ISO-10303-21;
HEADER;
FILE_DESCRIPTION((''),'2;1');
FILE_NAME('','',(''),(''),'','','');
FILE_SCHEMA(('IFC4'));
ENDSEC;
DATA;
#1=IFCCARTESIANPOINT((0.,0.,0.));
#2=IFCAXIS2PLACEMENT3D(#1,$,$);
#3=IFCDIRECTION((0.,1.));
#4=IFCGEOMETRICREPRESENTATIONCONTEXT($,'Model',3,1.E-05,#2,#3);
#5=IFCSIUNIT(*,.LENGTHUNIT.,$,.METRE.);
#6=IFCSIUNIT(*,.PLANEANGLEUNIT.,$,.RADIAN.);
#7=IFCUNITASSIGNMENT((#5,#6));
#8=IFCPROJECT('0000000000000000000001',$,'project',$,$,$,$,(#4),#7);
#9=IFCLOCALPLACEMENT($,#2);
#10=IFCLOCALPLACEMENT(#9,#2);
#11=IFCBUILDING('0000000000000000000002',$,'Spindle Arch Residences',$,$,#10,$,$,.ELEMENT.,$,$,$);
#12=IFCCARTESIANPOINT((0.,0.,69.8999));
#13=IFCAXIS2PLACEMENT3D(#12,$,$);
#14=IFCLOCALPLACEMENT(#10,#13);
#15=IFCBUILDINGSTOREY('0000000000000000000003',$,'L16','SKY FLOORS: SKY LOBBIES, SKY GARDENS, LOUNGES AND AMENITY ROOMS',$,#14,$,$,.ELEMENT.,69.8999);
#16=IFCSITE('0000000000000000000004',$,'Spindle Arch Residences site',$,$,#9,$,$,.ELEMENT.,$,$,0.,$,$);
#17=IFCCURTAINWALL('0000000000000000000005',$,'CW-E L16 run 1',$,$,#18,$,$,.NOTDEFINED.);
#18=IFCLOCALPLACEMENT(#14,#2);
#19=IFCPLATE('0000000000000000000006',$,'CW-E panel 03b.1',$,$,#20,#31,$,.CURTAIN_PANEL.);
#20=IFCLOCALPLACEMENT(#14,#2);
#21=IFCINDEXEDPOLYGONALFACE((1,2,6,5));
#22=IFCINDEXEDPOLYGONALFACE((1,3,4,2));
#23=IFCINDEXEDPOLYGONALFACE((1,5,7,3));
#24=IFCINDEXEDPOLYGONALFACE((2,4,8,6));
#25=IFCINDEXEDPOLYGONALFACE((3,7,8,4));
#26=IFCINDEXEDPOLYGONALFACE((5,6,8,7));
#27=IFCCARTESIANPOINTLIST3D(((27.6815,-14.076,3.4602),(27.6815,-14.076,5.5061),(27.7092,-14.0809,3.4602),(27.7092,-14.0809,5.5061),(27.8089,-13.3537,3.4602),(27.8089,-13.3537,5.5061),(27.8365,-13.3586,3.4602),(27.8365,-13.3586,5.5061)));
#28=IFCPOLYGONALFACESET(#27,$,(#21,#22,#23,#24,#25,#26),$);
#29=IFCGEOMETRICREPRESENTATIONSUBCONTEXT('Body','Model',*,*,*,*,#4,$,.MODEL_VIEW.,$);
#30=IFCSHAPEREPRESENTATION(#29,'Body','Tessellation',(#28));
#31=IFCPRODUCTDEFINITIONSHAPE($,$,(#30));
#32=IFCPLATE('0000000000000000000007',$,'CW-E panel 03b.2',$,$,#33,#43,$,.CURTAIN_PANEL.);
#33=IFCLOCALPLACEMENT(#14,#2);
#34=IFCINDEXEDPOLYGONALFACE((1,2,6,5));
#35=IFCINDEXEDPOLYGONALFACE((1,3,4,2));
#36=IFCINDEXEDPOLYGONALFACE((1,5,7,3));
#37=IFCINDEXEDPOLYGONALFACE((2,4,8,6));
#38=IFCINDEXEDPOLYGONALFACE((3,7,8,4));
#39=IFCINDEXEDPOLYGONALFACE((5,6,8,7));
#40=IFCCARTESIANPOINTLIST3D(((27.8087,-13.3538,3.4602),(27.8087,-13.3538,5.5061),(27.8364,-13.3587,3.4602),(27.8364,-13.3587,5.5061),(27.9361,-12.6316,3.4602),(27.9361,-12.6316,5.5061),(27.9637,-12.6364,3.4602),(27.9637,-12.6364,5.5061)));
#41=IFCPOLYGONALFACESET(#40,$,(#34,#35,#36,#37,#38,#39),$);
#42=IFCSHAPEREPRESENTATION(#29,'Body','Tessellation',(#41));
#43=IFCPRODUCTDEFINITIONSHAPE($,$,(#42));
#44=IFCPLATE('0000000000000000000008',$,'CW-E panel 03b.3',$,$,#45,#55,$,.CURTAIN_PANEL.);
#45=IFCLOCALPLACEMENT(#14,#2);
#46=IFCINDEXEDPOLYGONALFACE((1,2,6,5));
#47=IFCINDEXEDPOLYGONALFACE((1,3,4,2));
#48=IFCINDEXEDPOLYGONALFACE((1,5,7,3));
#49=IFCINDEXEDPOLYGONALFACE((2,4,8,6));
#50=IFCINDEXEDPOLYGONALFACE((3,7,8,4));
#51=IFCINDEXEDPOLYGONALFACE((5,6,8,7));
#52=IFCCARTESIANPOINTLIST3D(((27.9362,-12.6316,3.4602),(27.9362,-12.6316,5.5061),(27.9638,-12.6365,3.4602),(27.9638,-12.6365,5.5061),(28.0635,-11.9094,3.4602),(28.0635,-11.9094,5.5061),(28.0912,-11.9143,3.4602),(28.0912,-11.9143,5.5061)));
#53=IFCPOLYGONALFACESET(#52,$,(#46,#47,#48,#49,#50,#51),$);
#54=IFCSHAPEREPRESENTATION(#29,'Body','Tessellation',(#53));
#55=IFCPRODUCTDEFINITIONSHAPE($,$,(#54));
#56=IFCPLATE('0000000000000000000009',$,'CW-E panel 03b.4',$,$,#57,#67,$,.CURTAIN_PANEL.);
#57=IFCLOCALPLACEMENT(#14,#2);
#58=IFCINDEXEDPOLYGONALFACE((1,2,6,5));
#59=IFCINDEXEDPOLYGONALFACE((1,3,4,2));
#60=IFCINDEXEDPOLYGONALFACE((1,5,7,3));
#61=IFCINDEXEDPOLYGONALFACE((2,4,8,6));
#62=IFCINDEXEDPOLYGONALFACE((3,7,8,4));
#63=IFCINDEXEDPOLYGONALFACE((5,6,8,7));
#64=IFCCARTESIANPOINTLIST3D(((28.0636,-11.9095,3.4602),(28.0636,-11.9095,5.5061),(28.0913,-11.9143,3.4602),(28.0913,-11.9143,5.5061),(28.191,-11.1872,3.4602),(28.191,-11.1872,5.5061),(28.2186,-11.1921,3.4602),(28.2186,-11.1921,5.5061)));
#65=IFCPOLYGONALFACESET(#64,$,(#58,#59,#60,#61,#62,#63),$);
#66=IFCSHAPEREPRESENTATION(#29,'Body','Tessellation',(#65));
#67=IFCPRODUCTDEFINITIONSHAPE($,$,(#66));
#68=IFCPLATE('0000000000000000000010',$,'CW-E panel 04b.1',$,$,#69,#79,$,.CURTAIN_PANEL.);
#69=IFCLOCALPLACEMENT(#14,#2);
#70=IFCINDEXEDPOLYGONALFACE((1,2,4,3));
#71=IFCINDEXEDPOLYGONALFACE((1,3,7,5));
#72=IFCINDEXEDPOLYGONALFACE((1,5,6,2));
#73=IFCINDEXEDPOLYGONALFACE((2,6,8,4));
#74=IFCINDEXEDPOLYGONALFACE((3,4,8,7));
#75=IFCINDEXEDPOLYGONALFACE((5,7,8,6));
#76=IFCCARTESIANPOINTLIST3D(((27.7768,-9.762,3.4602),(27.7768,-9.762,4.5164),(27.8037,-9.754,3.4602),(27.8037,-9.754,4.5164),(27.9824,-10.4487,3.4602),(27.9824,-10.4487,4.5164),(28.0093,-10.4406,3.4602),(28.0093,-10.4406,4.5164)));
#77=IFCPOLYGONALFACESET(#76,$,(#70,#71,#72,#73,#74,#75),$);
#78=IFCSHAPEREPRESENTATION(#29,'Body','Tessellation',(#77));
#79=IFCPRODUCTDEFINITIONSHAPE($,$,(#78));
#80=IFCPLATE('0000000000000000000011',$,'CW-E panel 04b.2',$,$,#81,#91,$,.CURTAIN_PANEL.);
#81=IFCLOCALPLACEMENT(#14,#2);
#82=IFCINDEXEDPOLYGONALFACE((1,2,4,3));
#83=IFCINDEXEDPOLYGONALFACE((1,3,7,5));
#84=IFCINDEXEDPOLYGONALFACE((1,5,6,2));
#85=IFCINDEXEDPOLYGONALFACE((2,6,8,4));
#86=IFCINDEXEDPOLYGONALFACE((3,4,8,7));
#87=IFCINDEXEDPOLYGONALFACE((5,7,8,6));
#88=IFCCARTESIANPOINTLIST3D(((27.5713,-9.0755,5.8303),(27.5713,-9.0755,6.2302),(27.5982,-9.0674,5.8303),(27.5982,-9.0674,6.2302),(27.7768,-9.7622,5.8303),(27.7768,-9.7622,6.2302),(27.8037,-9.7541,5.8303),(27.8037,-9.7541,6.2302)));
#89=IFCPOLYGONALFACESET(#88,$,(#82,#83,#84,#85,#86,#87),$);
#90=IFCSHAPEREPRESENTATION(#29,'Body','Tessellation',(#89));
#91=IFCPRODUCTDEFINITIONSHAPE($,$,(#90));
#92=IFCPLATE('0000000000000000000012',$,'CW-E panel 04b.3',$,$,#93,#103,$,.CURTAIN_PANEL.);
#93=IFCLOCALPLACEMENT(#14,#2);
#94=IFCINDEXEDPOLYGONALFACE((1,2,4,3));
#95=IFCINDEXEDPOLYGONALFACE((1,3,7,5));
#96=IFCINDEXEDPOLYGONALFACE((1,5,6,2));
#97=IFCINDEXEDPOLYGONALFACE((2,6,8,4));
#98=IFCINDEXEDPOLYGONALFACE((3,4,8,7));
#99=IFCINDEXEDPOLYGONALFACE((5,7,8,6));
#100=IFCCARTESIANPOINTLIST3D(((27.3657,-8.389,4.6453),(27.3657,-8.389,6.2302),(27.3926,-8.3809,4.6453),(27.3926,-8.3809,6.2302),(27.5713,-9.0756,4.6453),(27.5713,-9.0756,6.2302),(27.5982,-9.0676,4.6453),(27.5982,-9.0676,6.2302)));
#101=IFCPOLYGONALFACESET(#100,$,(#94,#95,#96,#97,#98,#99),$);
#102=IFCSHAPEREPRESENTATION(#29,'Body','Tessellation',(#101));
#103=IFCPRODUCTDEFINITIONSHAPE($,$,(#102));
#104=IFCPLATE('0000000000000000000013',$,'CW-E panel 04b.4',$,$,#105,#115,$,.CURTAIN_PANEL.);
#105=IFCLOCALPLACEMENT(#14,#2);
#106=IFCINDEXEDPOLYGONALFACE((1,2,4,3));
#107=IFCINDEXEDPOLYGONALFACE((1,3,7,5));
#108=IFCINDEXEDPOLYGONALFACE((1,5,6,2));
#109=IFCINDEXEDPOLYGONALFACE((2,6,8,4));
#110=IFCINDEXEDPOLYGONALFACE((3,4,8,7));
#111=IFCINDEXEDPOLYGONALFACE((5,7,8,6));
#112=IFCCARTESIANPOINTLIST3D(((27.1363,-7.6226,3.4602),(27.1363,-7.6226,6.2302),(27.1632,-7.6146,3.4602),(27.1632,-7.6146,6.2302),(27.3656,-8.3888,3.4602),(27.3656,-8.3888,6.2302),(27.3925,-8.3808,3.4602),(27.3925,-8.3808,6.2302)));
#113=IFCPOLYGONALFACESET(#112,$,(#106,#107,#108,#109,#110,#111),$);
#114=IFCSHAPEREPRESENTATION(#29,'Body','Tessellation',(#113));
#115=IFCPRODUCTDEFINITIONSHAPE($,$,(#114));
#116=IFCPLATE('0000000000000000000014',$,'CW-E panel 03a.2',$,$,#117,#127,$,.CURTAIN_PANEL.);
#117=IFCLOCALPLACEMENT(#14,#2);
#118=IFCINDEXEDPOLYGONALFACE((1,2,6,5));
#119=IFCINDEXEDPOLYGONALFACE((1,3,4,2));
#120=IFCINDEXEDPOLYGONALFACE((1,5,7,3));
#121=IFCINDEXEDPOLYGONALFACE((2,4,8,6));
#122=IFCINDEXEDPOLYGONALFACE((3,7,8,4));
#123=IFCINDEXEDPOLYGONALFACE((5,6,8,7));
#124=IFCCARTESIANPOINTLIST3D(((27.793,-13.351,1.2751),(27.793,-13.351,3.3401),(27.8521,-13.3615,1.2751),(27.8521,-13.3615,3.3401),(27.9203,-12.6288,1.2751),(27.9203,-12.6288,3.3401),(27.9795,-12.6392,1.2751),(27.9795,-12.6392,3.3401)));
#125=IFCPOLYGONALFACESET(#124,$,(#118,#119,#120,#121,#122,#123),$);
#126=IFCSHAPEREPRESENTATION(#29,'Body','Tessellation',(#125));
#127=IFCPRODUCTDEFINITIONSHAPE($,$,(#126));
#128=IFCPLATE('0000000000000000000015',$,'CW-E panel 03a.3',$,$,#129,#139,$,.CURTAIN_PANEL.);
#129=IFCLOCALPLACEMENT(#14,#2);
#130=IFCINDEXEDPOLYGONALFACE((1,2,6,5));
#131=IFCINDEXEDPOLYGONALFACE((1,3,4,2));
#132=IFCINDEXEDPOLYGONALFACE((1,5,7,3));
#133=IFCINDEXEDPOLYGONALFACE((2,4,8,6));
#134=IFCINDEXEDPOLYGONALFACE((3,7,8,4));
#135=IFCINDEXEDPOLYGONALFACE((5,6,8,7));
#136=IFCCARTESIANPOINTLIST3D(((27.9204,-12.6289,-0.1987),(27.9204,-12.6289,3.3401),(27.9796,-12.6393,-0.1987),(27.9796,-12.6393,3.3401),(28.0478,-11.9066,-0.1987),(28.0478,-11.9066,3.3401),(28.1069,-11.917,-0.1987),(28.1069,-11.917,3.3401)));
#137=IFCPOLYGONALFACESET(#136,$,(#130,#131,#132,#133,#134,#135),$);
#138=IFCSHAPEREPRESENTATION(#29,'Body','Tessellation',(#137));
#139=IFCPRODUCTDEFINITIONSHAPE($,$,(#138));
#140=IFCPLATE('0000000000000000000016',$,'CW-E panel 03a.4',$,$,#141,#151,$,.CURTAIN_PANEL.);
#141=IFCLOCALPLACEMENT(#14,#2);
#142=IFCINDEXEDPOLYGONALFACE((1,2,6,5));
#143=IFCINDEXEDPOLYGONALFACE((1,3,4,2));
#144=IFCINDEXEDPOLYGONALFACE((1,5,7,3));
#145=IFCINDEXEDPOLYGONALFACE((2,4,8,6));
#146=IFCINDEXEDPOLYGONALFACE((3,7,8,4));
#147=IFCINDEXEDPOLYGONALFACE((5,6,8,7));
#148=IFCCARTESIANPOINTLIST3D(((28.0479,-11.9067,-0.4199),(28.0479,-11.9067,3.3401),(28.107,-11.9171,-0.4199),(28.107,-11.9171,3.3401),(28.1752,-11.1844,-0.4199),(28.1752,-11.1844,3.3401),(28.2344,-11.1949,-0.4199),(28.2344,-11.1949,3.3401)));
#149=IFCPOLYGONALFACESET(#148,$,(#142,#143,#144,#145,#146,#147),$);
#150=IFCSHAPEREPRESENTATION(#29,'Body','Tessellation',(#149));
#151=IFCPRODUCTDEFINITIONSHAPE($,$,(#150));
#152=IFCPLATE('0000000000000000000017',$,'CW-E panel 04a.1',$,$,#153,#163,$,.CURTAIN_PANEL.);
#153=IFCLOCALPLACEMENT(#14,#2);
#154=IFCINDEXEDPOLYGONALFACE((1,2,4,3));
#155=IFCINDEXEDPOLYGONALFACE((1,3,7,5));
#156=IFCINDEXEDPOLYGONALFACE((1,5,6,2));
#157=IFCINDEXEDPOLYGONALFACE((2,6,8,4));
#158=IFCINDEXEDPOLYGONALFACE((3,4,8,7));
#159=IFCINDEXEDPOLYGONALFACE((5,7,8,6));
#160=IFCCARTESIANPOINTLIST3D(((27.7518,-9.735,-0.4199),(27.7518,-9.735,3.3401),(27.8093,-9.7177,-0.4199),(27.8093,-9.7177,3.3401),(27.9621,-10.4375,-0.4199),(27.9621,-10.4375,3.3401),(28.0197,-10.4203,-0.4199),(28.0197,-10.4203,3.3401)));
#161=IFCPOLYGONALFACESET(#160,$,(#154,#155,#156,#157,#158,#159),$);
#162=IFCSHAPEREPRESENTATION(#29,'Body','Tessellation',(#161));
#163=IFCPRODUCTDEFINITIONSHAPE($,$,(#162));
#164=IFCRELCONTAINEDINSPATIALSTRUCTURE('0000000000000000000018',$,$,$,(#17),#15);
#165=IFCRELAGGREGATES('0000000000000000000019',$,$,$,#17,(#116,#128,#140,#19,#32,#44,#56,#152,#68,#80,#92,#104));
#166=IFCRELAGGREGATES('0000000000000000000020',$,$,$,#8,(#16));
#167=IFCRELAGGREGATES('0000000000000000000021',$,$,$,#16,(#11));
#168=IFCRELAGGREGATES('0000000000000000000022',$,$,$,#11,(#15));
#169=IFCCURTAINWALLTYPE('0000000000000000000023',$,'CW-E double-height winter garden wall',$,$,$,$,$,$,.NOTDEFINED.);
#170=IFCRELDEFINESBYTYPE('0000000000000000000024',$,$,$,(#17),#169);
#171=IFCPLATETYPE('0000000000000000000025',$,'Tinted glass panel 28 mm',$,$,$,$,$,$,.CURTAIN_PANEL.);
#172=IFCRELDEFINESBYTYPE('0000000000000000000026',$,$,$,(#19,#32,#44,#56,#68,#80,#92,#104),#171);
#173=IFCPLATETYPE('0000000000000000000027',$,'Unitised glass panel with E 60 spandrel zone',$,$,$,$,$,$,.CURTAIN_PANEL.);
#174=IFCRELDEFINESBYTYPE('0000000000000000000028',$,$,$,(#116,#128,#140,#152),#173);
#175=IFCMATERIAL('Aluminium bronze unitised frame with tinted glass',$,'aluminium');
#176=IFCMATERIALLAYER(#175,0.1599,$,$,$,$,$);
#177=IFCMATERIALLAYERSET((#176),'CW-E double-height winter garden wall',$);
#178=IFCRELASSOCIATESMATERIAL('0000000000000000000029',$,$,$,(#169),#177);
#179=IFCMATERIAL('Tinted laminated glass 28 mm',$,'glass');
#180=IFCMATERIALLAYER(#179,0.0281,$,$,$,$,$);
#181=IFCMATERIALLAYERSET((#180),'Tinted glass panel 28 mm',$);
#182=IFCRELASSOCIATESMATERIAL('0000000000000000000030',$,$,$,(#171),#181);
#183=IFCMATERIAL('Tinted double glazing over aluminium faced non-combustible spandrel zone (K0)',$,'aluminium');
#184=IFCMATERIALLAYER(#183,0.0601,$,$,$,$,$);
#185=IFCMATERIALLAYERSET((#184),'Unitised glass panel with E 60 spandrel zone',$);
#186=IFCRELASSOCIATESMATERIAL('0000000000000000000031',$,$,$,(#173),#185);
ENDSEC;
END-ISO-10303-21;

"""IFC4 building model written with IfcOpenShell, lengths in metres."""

from ifc_helpers import new_model, si_unit, direction, frame, origin, origin_2d, place, context, subcontext, project, spatial, rectangle, extrude, material, layer, layer_set, type_object, element, aggregate, save


model = new_model("IFC4")

# Units and contexts
model_context = context("Model", 3, precision=1e-05, world=origin(), true_north=direction((0.0, 1.0)))
body_context = subcontext(model_context, "Body", "Model", "MODEL_VIEW")
ifc_project = project(units=[si_unit("LENGTHUNIT", "METRE"), si_unit("PLANEANGLEUNIT", "RADIAN")], contexts=[model_context])

# Site, building, storey
site_placement = place(None, origin())
site = spatial("IfcSite", under=ifc_project, at=site_placement, Name="Spindle Arch Residences site", CompositionType="ELEMENT", RefElevation=0.0)
building_placement = place(site_placement, origin())
building = spatial("IfcBuilding", under=site, at=building_placement, Name="Spindle Arch Residences", CompositionType="ELEMENT")
storey_placement = place(building_placement, frame((0.0, 0.0, 69.8999)))
storey = spatial("IfcBuildingStorey", under=building, at=storey_placement, Name="L16", Description="SKY FLOORS: SKY LOBBIES, SKY GARDENS, LOUNGES AND AMENITY ROOMS", CompositionType="ELEMENT", Elevation=69.8999)

# Curtain wall, plates
ifc_material_1 = material(Name="Aluminium bronze unitised frame with tinted glass", Category="aluminium")
ifc_layer_1 = layer(ifc_material_1, 0.1599)
ifc_layer_set_1 = layer_set([ifc_layer_1], Name="CW-E double-height winter garden wall")
curtain_wall_type = type_object("IfcCurtainWallType", Name="CW-E double-height winter garden wall", PredefinedType="NOTDEFINED", material=ifc_layer_set_1)
curtain_wall_placement = place(storey_placement, origin())
curtain_wall = element("IfcCurtainWall", 1, at=curtain_wall_placement, inside=storey, type_object=curtain_wall_type, Name="CW-E L16 run 1", PredefinedType="NOTDEFINED")
ifc_material_2 = material(Name="Tinted laminated glass 28 mm", Category="glass")
ifc_layer_2 = layer(ifc_material_2, 0.0281)
ifc_layer_set_2 = layer_set([ifc_layer_2], Name="Tinted glass panel 28 mm")
plate_type_1 = type_object("IfcPlateType", Name="Tinted glass panel 28 mm", PredefinedType="CURTAIN_PANEL", material=ifc_layer_set_2)
plate_1_placement = place(storey_placement, frame((27.759, -13.7173, 3.4602), z_axis=(0.0, 0.0, 1.0), x_axis=(0.173648, 0.984808, 0.0)))
plate_1 = element("IfcPlate", 2, at=plate_1_placement, type_object=plate_type_1, Name="CW-E panel 03b.1", PredefinedType="CURTAIN_PANEL", context=body_context, shape_type="SweptSolid", body=[
    extrude(rectangle(XDim=0.7334, YDim=0.0281, at=origin_2d()), origin(), (0.0, 0.0, 1.0), 2.0459),
])
plate_2_placement = place(storey_placement, frame((27.8862, -12.9951, 3.4602), z_axis=(0.0, 0.0, 1.0), x_axis=(0.173648, 0.984808, 0.0)))
plate_2 = element("IfcPlate", 3, at=plate_2_placement, type_object=plate_type_1, Name="CW-E panel 03b.2", PredefinedType="CURTAIN_PANEL", context=body_context, shape_type="SweptSolid", body=[
    extrude(rectangle(XDim=0.7334, YDim=0.0281, at=origin_2d()), origin(), (0.0, 0.0, 1.0), 2.0459),
])
plate_3_placement = place(storey_placement, frame((28.0137, -12.2729, 3.4602), z_axis=(0.0, 0.0, 1.0), x_axis=(0.173648, 0.984808, 0.0)))
plate_3 = element("IfcPlate", 4, at=plate_3_placement, type_object=plate_type_1, Name="CW-E panel 03b.3", PredefinedType="CURTAIN_PANEL", context=body_context, shape_type="SweptSolid", body=[
    extrude(rectangle(XDim=0.7334, YDim=0.0281, at=origin_2d()), origin(), (0.0, 0.0, 1.0), 2.0459),
])
plate_4_placement = place(storey_placement, frame((28.1411, -11.5508, 3.4602), z_axis=(0.0, 0.0, 1.0), x_axis=(0.173648, 0.984808, 0.0)))
plate_4 = element("IfcPlate", 5, at=plate_4_placement, type_object=plate_type_1, Name="CW-E panel 03b.4", PredefinedType="CURTAIN_PANEL", context=body_context, shape_type="SweptSolid", body=[
    extrude(rectangle(XDim=0.7334, YDim=0.0281, at=origin_2d()), origin(), (0.0, 0.0, 1.0), 2.0459),
])
plate_5_placement = place(storey_placement, frame((27.8931, -10.1013, 3.4602), z_axis=(0.0, 0.0, 1.0), x_axis=(-0.286803, 0.95799, 0.0)))
plate_5 = element("IfcPlate", 6, at=plate_5_placement, type_object=plate_type_1, Name="CW-E panel 04b.1", PredefinedType="CURTAIN_PANEL", context=body_context, shape_type="SweptSolid", body=[
    extrude(rectangle(XDim=0.7168, YDim=0.0281, at=origin_2d()), origin(), (0.0, 0.0, 1.0), 1.0562),
])
plate_6_placement = place(storey_placement, frame((27.6875, -9.4148, 5.8303), z_axis=(0.0, 0.0, 1.0), x_axis=(-0.286803, 0.95799, 0.0)))
plate_6 = element("IfcPlate", 7, at=plate_6_placement, type_object=plate_type_1, Name="CW-E panel 04b.2", PredefinedType="CURTAIN_PANEL", context=body_context, shape_type="SweptSolid", body=[
    extrude(rectangle(XDim=0.7168, YDim=0.0281, at=origin_2d()), origin(), (0.0, 0.0, 1.0), 0.3999),
])
plate_7_placement = place(storey_placement, frame((27.4819, -8.7283, 4.6453), z_axis=(0.0, 0.0, 1.0), x_axis=(-0.286803, 0.95799, 0.0)))
plate_7 = element("IfcPlate", 8, at=plate_7_placement, type_object=plate_type_1, Name="CW-E panel 04b.3", PredefinedType="CURTAIN_PANEL", context=body_context, shape_type="SweptSolid", body=[
    extrude(rectangle(XDim=0.7168, YDim=0.0281, at=origin_2d()), origin(), (0.0, 0.0, 1.0), 1.585),
])
plate_8_placement = place(storey_placement, frame((27.2644, -8.0017, 3.4602), z_axis=(0.0, 0.0, 1.0), x_axis=(-0.286803, 0.95799, 0.0)))
plate_8 = element("IfcPlate", 9, at=plate_8_placement, type_object=plate_type_1, Name="CW-E panel 04b.4", PredefinedType="CURTAIN_PANEL", context=body_context, shape_type="SweptSolid", body=[
    extrude(rectangle(XDim=0.7998, YDim=0.0281, at=origin_2d()), origin(), (0.0, 0.0, 1.0), 2.77),
])
ifc_material_3 = material(Name="Tinted double glazing over aluminium faced non-combustible spandrel zone (K0)", Category="aluminium")
ifc_layer_3 = layer(ifc_material_3, 0.0601)
ifc_layer_set_3 = layer_set([ifc_layer_3], Name="Unitised glass panel with E 60 spandrel zone")
plate_type_2 = type_object("IfcPlateType", Name="Unitised glass panel with E 60 spandrel zone", PredefinedType="CURTAIN_PANEL", material=ifc_layer_set_3)
plate_9_placement = place(storey_placement, frame((27.8862, -12.9951, 1.2751), z_axis=(0.0, 0.0, 1.0), x_axis=(0.173648, 0.984808, 0.0)))
plate_9 = element("IfcPlate", 10, at=plate_9_placement, type_object=plate_type_2, Name="CW-E panel 03a.2", PredefinedType="CURTAIN_PANEL", context=body_context, shape_type="SweptSolid", body=[
    extrude(rectangle(XDim=0.7334, YDim=0.0601, at=origin_2d()), origin(), (0.0, 0.0, 1.0), 2.0649),
])
plate_10_placement = place(storey_placement, frame((28.0137, -12.2729, -0.1987), z_axis=(0.0, 0.0, 1.0), x_axis=(0.173648, 0.984808, 0.0)))
plate_10 = element("IfcPlate", 11, at=plate_10_placement, type_object=plate_type_2, Name="CW-E panel 03a.3", PredefinedType="CURTAIN_PANEL", context=body_context, shape_type="SweptSolid", body=[
    extrude(rectangle(XDim=0.7334, YDim=0.0601, at=origin_2d()), origin(), (0.0, 0.0, 1.0), 3.5388),
])
plate_11_placement = place(storey_placement, frame((28.1411, -11.5508, -0.4199), z_axis=(0.0, 0.0, 1.0), x_axis=(0.173648, 0.984808, 0.0)))
plate_11 = element("IfcPlate", 12, at=plate_11_placement, type_object=plate_type_2, Name="CW-E panel 03a.4", PredefinedType="CURTAIN_PANEL", context=body_context, shape_type="SweptSolid", body=[
    extrude(rectangle(XDim=0.7334, YDim=0.0601, at=origin_2d()), origin(), (0.0, 0.0, 1.0), 3.76),
])
plate_12_placement = place(storey_placement, frame((27.8857, -10.0776, -0.4199), z_axis=(0.0, 0.0, 1.0), x_axis=(-0.286803, 0.95799, 0.0)))
plate_12 = element("IfcPlate", 13, at=plate_12_placement, type_object=plate_type_2, Name="CW-E panel 04a.1", PredefinedType="CURTAIN_PANEL", context=body_context, shape_type="SweptSolid", body=[
    extrude(rectangle(XDim=0.7334, YDim=0.0601, at=origin_2d()), origin(), (0.0, 0.0, 1.0), 3.76),
])
aggregate(curtain_wall, [plate_9, plate_10, plate_11, plate_1, plate_2, plate_3, plate_4, plate_12, plate_5, plate_6, plate_7, plate_8])

save(model, "model.ifc")
